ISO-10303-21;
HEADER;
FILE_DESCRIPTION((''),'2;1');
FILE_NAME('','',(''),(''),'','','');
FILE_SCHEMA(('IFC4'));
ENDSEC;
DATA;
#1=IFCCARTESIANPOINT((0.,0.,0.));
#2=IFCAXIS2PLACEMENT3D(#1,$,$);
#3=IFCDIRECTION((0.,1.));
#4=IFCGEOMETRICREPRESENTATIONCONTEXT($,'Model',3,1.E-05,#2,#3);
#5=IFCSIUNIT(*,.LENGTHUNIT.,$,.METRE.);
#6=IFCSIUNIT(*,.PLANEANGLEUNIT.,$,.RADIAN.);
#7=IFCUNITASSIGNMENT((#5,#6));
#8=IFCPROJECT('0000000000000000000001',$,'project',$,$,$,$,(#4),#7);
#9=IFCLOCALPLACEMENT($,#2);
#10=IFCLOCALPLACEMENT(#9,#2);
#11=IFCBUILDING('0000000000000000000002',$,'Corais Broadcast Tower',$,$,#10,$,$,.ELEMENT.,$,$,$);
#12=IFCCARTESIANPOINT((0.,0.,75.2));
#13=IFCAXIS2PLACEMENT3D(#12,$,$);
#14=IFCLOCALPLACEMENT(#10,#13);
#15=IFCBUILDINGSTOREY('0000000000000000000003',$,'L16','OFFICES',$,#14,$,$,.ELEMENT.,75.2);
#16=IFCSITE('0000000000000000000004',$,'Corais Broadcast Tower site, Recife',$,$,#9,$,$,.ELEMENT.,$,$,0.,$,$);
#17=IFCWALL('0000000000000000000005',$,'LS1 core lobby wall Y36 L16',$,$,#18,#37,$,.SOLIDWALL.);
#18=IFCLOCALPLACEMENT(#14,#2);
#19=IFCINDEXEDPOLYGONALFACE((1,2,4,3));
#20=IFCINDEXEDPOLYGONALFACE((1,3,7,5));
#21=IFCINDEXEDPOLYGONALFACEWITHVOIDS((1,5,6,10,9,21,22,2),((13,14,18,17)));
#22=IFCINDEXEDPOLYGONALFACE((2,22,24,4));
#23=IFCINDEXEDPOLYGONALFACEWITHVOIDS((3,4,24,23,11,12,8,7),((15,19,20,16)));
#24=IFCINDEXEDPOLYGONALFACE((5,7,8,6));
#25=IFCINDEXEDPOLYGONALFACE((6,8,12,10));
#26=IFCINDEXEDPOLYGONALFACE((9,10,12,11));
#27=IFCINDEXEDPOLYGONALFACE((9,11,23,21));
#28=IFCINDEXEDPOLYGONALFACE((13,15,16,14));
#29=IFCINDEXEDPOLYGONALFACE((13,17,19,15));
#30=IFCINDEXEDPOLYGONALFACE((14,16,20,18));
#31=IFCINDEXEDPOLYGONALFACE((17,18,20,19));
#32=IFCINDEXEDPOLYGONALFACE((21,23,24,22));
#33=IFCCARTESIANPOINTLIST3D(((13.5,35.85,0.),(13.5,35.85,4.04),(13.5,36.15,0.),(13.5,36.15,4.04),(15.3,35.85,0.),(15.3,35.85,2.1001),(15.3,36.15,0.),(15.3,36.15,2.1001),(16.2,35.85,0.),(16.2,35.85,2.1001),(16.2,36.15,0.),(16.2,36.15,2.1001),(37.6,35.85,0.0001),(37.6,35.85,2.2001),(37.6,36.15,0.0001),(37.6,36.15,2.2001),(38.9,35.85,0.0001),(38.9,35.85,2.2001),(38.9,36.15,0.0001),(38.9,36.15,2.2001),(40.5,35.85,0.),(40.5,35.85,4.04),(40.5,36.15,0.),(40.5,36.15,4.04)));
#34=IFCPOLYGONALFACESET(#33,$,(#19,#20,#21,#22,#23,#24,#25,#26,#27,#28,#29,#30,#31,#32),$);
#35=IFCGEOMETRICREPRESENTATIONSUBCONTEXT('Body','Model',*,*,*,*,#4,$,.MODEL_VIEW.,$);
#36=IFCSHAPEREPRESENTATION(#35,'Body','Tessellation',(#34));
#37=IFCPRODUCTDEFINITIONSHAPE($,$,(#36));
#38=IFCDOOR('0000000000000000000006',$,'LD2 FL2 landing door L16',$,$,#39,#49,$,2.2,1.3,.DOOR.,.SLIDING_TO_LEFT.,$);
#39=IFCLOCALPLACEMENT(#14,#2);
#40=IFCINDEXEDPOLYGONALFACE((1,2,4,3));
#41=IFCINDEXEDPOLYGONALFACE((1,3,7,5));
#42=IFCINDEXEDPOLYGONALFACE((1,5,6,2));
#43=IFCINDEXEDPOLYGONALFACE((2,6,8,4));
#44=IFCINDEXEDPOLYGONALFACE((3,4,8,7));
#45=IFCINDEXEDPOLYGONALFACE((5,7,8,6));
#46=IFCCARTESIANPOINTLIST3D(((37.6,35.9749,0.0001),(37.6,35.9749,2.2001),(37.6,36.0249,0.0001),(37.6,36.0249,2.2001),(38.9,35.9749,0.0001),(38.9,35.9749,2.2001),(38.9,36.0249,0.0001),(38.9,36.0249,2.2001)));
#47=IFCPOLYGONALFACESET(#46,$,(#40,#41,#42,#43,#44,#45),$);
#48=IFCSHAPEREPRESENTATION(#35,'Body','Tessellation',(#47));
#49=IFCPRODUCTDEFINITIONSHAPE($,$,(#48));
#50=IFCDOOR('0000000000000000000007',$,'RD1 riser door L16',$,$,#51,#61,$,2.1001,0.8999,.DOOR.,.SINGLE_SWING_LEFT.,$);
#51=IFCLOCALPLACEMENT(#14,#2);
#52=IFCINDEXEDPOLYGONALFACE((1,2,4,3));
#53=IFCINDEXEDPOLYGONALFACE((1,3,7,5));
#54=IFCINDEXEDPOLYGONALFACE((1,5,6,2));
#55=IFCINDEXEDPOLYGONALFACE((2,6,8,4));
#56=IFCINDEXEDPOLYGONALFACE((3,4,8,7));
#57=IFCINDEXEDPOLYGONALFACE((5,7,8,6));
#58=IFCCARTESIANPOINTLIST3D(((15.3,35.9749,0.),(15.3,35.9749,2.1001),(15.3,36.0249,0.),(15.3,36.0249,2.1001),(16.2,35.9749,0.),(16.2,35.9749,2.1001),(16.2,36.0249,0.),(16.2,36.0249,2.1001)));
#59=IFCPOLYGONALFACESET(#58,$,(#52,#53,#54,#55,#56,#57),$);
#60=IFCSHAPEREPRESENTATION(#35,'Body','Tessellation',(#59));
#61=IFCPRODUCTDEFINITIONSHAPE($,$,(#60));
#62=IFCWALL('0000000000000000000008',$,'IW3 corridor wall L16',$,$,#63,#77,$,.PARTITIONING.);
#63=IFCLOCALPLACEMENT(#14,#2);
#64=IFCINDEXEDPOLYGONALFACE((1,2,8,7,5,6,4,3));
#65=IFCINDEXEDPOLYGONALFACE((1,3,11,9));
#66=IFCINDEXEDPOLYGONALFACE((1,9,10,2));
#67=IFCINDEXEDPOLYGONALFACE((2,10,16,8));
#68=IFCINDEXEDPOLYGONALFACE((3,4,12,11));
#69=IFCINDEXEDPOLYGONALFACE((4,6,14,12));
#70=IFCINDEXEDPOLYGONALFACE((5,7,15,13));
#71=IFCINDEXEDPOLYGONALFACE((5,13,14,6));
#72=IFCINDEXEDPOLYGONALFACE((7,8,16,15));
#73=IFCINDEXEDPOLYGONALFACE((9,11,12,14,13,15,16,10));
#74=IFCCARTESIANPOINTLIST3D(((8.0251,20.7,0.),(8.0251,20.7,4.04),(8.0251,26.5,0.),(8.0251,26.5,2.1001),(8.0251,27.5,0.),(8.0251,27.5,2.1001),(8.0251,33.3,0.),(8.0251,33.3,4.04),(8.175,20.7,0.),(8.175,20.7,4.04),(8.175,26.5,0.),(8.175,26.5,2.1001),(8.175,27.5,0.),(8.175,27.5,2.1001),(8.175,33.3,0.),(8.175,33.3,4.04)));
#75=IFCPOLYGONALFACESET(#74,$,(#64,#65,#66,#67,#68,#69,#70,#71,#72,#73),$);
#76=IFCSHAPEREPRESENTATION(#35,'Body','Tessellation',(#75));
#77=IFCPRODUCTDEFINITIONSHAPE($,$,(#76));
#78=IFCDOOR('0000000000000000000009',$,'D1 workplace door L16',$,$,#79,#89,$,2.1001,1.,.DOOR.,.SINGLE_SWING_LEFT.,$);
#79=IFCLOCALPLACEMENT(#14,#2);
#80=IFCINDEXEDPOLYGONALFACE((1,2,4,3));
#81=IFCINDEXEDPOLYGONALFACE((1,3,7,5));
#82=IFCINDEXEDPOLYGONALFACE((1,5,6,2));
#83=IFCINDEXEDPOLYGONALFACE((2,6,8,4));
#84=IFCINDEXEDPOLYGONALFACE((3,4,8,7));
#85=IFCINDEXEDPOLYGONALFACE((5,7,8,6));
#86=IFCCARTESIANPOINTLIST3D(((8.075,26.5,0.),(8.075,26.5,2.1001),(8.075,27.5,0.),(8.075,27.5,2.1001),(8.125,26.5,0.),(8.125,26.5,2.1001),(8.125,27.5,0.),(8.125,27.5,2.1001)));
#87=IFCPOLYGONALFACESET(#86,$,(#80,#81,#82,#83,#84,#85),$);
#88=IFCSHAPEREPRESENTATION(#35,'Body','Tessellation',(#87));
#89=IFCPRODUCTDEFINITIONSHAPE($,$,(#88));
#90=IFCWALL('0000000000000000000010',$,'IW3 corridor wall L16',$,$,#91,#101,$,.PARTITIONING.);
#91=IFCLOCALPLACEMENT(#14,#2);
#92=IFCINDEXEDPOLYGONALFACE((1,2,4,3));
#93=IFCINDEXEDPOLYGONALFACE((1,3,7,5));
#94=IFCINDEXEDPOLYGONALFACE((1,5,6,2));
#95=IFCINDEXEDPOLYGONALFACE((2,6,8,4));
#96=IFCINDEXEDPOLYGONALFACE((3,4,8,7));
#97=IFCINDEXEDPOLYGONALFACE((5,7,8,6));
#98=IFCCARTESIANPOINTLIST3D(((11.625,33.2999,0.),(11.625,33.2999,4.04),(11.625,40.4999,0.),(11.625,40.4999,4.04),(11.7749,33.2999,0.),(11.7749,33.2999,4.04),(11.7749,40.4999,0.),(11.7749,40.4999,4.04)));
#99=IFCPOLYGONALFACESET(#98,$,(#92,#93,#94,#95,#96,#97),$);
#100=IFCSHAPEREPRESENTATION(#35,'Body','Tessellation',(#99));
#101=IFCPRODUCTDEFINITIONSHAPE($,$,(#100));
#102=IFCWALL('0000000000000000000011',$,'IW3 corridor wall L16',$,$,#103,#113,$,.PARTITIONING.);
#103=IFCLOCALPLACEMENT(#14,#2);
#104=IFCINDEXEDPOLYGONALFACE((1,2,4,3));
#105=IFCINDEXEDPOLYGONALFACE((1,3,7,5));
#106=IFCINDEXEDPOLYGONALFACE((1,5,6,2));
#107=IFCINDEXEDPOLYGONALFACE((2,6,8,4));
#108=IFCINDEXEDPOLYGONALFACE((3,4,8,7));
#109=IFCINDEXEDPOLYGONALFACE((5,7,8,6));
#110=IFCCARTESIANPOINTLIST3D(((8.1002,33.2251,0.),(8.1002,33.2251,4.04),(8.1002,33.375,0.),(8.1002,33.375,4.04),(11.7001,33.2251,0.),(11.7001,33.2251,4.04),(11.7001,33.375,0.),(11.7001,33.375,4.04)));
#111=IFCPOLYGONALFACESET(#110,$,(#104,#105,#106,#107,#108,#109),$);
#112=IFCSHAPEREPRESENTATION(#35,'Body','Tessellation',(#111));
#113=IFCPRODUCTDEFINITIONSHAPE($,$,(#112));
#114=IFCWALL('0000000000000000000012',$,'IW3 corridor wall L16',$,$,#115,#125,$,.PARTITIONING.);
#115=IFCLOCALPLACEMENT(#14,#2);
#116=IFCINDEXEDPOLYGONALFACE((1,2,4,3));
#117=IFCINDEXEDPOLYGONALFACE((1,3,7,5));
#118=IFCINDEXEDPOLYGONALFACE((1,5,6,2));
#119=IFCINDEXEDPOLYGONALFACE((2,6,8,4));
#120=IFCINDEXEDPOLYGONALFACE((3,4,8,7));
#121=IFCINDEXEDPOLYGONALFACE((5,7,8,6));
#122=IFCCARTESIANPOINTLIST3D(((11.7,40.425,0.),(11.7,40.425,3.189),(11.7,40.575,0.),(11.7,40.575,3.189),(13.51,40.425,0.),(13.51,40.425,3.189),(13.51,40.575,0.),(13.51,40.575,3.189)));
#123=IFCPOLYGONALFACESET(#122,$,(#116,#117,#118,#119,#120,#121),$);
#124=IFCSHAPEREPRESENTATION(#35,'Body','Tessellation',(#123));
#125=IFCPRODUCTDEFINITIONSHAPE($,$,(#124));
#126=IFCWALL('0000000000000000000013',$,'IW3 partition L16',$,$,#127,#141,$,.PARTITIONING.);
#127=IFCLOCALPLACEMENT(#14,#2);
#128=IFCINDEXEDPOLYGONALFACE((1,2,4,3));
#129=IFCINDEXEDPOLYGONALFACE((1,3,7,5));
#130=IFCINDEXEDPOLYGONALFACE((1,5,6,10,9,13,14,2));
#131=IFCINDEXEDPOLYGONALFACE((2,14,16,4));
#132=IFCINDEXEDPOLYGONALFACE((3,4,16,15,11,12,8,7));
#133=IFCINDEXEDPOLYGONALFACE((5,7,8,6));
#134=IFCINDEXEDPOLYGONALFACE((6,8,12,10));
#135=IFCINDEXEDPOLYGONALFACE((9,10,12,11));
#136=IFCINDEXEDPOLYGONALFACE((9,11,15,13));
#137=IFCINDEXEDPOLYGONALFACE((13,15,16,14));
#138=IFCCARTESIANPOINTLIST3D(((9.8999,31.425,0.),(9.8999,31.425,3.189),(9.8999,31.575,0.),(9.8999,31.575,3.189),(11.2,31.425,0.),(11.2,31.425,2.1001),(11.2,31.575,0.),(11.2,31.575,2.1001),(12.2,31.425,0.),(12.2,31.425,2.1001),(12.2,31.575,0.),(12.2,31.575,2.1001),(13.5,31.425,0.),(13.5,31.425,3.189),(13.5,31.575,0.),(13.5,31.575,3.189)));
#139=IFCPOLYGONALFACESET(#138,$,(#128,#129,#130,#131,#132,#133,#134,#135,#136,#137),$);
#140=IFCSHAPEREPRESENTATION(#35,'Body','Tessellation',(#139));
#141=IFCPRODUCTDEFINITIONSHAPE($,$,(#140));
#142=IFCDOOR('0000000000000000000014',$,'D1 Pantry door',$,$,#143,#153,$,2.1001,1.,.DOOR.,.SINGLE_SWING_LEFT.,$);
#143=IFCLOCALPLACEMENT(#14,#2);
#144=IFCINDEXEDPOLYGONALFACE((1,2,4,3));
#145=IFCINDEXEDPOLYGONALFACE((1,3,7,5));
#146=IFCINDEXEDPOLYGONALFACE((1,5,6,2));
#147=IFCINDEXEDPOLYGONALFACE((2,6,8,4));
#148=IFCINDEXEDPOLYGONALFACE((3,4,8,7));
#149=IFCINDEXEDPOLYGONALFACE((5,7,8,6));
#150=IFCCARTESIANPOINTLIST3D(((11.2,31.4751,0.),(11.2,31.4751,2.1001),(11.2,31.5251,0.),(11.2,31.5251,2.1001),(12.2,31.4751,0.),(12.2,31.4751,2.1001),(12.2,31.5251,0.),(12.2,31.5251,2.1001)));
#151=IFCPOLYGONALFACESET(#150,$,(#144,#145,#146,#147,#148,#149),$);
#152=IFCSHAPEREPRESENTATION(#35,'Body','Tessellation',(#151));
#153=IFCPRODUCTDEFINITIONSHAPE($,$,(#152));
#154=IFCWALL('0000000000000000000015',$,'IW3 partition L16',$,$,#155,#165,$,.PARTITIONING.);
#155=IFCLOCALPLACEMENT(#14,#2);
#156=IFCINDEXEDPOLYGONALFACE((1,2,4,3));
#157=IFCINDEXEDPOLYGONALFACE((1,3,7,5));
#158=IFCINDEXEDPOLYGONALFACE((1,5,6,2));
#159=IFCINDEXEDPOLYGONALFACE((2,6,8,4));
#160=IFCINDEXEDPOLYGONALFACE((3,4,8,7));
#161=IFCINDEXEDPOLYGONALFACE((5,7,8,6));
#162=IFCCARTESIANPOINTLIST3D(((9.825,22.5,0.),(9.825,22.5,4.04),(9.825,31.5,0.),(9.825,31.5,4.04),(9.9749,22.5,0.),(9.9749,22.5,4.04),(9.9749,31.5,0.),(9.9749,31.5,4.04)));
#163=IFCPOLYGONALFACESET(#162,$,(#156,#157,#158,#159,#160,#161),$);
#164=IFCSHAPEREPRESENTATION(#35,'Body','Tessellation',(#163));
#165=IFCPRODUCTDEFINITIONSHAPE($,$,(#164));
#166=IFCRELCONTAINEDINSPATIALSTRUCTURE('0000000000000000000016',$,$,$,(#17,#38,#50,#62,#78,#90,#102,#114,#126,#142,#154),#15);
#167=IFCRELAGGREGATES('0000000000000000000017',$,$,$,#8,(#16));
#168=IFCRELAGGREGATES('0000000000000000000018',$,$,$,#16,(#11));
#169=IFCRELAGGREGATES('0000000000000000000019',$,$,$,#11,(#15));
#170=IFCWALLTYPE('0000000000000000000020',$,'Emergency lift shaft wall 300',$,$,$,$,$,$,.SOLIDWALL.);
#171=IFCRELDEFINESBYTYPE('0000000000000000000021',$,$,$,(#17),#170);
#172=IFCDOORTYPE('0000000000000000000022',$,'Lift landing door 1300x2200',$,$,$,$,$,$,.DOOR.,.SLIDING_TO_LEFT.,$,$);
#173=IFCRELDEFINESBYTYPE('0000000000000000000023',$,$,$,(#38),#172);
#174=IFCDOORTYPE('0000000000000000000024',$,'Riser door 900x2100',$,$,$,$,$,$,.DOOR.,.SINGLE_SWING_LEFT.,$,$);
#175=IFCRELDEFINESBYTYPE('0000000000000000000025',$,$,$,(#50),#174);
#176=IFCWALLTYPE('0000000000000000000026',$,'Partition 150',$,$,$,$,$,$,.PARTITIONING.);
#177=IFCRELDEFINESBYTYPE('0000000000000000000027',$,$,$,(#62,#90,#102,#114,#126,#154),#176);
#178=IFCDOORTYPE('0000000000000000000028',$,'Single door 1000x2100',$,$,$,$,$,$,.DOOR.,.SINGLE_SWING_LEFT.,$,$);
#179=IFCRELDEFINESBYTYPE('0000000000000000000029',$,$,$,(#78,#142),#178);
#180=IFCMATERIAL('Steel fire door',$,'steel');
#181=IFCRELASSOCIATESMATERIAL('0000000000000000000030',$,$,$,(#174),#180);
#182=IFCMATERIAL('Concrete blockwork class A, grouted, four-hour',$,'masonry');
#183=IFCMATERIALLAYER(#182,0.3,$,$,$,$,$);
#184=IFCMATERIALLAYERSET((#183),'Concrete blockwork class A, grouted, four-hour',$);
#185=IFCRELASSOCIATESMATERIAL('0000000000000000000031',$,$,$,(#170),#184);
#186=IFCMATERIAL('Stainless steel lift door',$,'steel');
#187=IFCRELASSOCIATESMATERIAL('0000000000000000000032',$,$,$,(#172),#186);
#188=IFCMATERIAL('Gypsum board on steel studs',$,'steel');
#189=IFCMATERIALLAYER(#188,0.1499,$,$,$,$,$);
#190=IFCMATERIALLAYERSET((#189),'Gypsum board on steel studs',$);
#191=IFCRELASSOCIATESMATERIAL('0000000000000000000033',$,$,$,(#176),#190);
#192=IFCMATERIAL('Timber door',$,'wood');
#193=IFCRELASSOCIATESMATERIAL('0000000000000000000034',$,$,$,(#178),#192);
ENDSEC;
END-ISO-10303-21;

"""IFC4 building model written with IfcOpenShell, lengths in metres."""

from ifc_helpers import new_model, si_unit, direction, frame, frame_2d, origin, place, context, subcontext, project, spatial, rectangle, extrude, material, layer, layer_set, type_object, element, fill, save


model = new_model("IFC4")

# Units and contexts
model_context = context("Model", 3, precision=1e-05, world=origin(), true_north=direction((0.0, 1.0)))
body_context = subcontext(model_context, "Body", "Model", "MODEL_VIEW")
ifc_project = project(units=[si_unit("LENGTHUNIT", "METRE"), si_unit("PLANEANGLEUNIT", "RADIAN")], contexts=[model_context])

# Site, building, storey
site_placement = place(None, origin())
site = spatial("IfcSite", under=ifc_project, at=site_placement, Name="Corais Broadcast Tower site, Recife", CompositionType="ELEMENT", RefElevation=0.0)
building_placement = place(site_placement, origin())
building = spatial("IfcBuilding", under=site, at=building_placement, Name="Corais Broadcast Tower", CompositionType="ELEMENT")
storey_placement = place(building_placement, frame((0.0, 0.0, 75.2)))
storey = spatial("IfcBuildingStorey", under=building, at=storey_placement, Name="L16", Description="OFFICES", CompositionType="ELEMENT", Elevation=75.2)

# Wall, openings, doors
ifc_material_1 = material(Name="Steel fire door", Category="steel")
door_type_1 = type_object("IfcDoorType", Name="Riser door 900x2100", OperationType="SINGLE_SWING_LEFT", PredefinedType="DOOR", material=ifc_material_1)
ifc_material_2 = material(Name="Concrete blockwork class A, grouted, four-hour", Category="masonry")
ifc_layer_1 = layer(ifc_material_2, 0.3)
ifc_layer_set_1 = layer_set([ifc_layer_1], Name="Concrete blockwork class A, grouted, four-hour")
wall_type_1 = type_object("IfcWallType", Name="Emergency lift shaft wall 300", PredefinedType="SOLIDWALL", material=ifc_layer_set_1)
wall_1_placement = place(storey_placement, frame((13.5, 36.0, 0.0), z_axis=(0.0, 0.0, 1.0), x_axis=(1.0, 0.0, 0.0)))
wall_1 = element("IfcWall", 1, at=wall_1_placement, inside=storey, type_object=wall_type_1, Name="LS1 core lobby wall Y36 L16", PredefinedType="SOLIDWALL", context=body_context, shape_type="SweptSolid", body=[
    extrude(rectangle(XDim=27.0, YDim=0.3, at=frame_2d((13.5, 0.0))), origin(), (0.0, 0.0, 1.0), 4.04),
])
opening_1_placement = place(wall_1_placement, frame((1.8, 0.0, 0.0)))
opening_1 = element("IfcOpeningElement", 2, at=opening_1_placement, cuts=wall_1, PredefinedType="OPENING", context=body_context, shape_type="SweptSolid", body=[
    extrude(rectangle(XDim=0.8999, YDim=2.1001, at=frame_2d((0.45, 1.05))), frame((0.0, 0.1599, 0.0), z_axis=(0.0, -1.0, 0.0), x_axis=(1.0, 0.0, 0.0)), (0.0, 0.0, 1.0), 0.3201),
])
opening_2_placement = place(wall_1_placement, frame((24.1001, 0.0, 0.0)))
opening_2 = element("IfcOpeningElement", 3, at=opening_2_placement, cuts=wall_1, PredefinedType="OPENING", context=body_context, shape_type="SweptSolid", body=[
    extrude(rectangle(XDim=1.3, YDim=2.2, at=frame_2d((0.6499, 1.1001))), frame((0.0, 0.1599, 0.0), z_axis=(0.0, -1.0, 0.0), x_axis=(1.0, 0.0, 0.0)), (0.0, 0.0, 1.0), 0.3201),
])
ifc_material_3 = material(Name="Stainless steel lift door", Category="steel")
door_type_2 = type_object("IfcDoorType", Name="Lift landing door 1300x2200", OperationType="SLIDING_TO_LEFT", PredefinedType="DOOR", material=ifc_material_3)
door_1_placement = place(opening_2_placement, origin())
door_1 = element("IfcDoor", 4, at=door_1_placement, inside=storey, type_object=door_type_2, Name="LD2 FL2 landing door L16", OperationType="SLIDING_TO_LEFT", OverallHeight=2.2, OverallWidth=1.3, PredefinedType="DOOR", context=body_context, shape_type="SweptSolid", body=[
    extrude(rectangle(XDim=1.3, YDim=2.2, at=frame_2d((0.6499, 1.1001))), frame((0.0, 0.0249, 0.0), z_axis=(0.0, -1.0, 0.0), x_axis=(1.0, 0.0, 0.0)), (0.0, 0.0, 1.0), 0.05),
])
fill(opening_2, door_1)
door_2_placement = place(opening_1_placement, origin())
door_2 = element("IfcDoor", 5, at=door_2_placement, inside=storey, type_object=door_type_1, Name="RD1 riser door L16", OperationType="SINGLE_SWING_LEFT", OverallHeight=2.1001, OverallWidth=0.8999, PredefinedType="DOOR", context=body_context, shape_type="SweptSolid", body=[
    extrude(rectangle(XDim=0.8999, YDim=2.1001, at=frame_2d((0.45, 1.05))), frame((0.0, 0.0249, 0.0), z_axis=(0.0, -1.0, 0.0), x_axis=(1.0, 0.0, 0.0)), (0.0, 0.0, 1.0), 0.05),
])
fill(opening_1, door_2)

# Wall, opening, door
ifc_material_4 = material(Name="Gypsum board on steel studs", Category="steel")
ifc_layer_2 = layer(ifc_material_4, 0.1499)
ifc_layer_set_2 = layer_set([ifc_layer_2], Name="Gypsum board on steel studs")
wall_type_2 = type_object("IfcWallType", Name="Partition 150", PredefinedType="PARTITIONING", material=ifc_layer_set_2)
wall_2_placement = place(storey_placement, frame((8.1001, 33.3, 0.0), z_axis=(0.0, 0.0, 1.0), x_axis=(0.0, -1.0, 0.0)))
wall_2 = element("IfcWall", 6, at=wall_2_placement, inside=storey, type_object=wall_type_2, Name="IW3 corridor wall L16", PredefinedType="PARTITIONING", context=body_context, shape_type="SweptSolid", body=[
    extrude(rectangle(XDim=12.6001, YDim=0.1499, at=frame_2d((6.3, 0.0))), origin(), (0.0, 0.0, 1.0), 4.04),
])
opening_3_placement = place(wall_2_placement, frame((5.8, 0.0, 0.0)))
opening_3 = element("IfcOpeningElement", 7, at=opening_3_placement, cuts=wall_2, PredefinedType="OPENING", context=body_context, shape_type="SweptSolid", body=[
    extrude(rectangle(XDim=1.0, YDim=2.1001, at=frame_2d((0.5, 1.05))), frame((0.0, 0.085, 0.0), z_axis=(0.0, -1.0, 0.0), x_axis=(1.0, 0.0, 0.0)), (0.0, 0.0, 1.0), 0.1699),
])
ifc_material_5 = material(Name="Timber door", Category="wood")
door_type_3 = type_object("IfcDoorType", Name="Single door 1000x2100", OperationType="SINGLE_SWING_LEFT", PredefinedType="DOOR", material=ifc_material_5)
door_3_placement = place(opening_3_placement, origin())
door_3 = element("IfcDoor", 8, at=door_3_placement, inside=storey, type_object=door_type_3, Name="D1 workplace door L16", OperationType="SINGLE_SWING_LEFT", OverallHeight=2.1001, OverallWidth=1.0, PredefinedType="DOOR", context=body_context, shape_type="SweptSolid", body=[
    extrude(rectangle(XDim=1.0, YDim=2.1001, at=frame_2d((0.5, 1.05))), frame((0.0, 0.0249, 0.0), z_axis=(0.0, -1.0, 0.0), x_axis=(1.0, 0.0, 0.0)), (0.0, 0.0, 1.0), 0.05),
])
fill(opening_3, door_3)

# Walls
wall_3_placement = place(storey_placement, frame((11.7, 40.5, 0.0), z_axis=(0.0, 0.0, 1.0), x_axis=(0.0, -1.0, 0.0)))
element("IfcWall", 9, at=wall_3_placement, inside=storey, type_object=wall_type_2, Name="IW3 corridor wall L16", PredefinedType="PARTITIONING", context=body_context, shape_type="SweptSolid", body=[
    extrude(rectangle(XDim=7.2, YDim=0.1499, at=frame_2d((3.6001, 0.0))), origin(), (0.0, 0.0, 1.0), 4.04),
])
wall_4_placement = place(storey_placement, frame((11.7, 33.3, 0.0), z_axis=(0.0, 0.0, 1.0), x_axis=(-1.0, 0.0, 0.0)))
element("IfcWall", 10, at=wall_4_placement, inside=storey, type_object=wall_type_2, Name="IW3 corridor wall L16", PredefinedType="PARTITIONING", context=body_context, shape_type="SweptSolid", body=[
    extrude(rectangle(XDim=3.5999, YDim=0.1499, at=frame_2d((1.7998, 0.0))), origin(), (0.0, 0.0, 1.0), 4.04),
])
wall_5_placement = place(storey_placement, frame((13.51, 40.5, 0.0), z_axis=(0.0, 0.0, 1.0), x_axis=(-1.0, 0.0, 0.0)))
element("IfcWall", 11, at=wall_5_placement, inside=storey, type_object=wall_type_2, Name="IW3 corridor wall L16", PredefinedType="PARTITIONING", context=body_context, shape_type="SweptSolid", body=[
    extrude(rectangle(XDim=1.8101, YDim=0.1499, at=frame_2d((0.905, 0.0))), origin(), (0.0, 0.0, 1.0), 3.189),
])

# Wall, opening, door
wall_6_placement = place(storey_placement, frame((13.5, 31.5, 0.0), z_axis=(0.0, 0.0, 1.0), x_axis=(-1.0, 0.0, 0.0)))
wall_6 = element("IfcWall", 12, at=wall_6_placement, inside=storey, type_object=wall_type_2, Name="IW3 partition L16", PredefinedType="PARTITIONING", context=body_context, shape_type="SweptSolid", body=[
    extrude(rectangle(XDim=3.6001, YDim=0.1499, at=frame_2d((1.8, 0.0))), origin(), (0.0, 0.0, 1.0), 3.189),
])
opening_4_placement = place(wall_6_placement, frame((1.3, 0.0, 0.0)))
opening_4 = element("IfcOpeningElement", 13, at=opening_4_placement, cuts=wall_6, PredefinedType="OPENING", context=body_context, shape_type="SweptSolid", body=[
    extrude(rectangle(XDim=1.0, YDim=2.1001, at=frame_2d((0.5, 1.05))), frame((0.0, 0.085, 0.0), z_axis=(0.0, -1.0, 0.0), x_axis=(1.0, 0.0, 0.0)), (0.0, 0.0, 1.0), 0.1699),
])
door_4_placement = place(opening_4_placement, origin())
door_4 = element("IfcDoor", 14, at=door_4_placement, inside=storey, type_object=door_type_3, Name="D1 Pantry door", OperationType="SINGLE_SWING_LEFT", OverallHeight=2.1001, OverallWidth=1.0, PredefinedType="DOOR", context=body_context, shape_type="SweptSolid", body=[
    extrude(rectangle(XDim=1.0, YDim=2.1001, at=frame_2d((0.5, 1.05))), frame((0.0, 0.0249, 0.0), z_axis=(0.0, -1.0, 0.0), x_axis=(1.0, 0.0, 0.0)), (0.0, 0.0, 1.0), 0.05),
])
fill(opening_4, door_4)

# Wall
wall_7_placement = place(storey_placement, frame((9.8999, 31.5, 0.0), z_axis=(0.0, 0.0, 1.0), x_axis=(0.0, -1.0, 0.0)))
element("IfcWall", 15, at=wall_7_placement, inside=storey, type_object=wall_type_2, Name="IW3 partition L16", PredefinedType="PARTITIONING", context=body_context, shape_type="SweptSolid", body=[
    extrude(rectangle(XDim=9.0, YDim=0.1499, at=frame_2d((4.5, 0.0))), origin(), (0.0, 0.0, 1.0), 4.04),
])

save(model, "model.ifc")
